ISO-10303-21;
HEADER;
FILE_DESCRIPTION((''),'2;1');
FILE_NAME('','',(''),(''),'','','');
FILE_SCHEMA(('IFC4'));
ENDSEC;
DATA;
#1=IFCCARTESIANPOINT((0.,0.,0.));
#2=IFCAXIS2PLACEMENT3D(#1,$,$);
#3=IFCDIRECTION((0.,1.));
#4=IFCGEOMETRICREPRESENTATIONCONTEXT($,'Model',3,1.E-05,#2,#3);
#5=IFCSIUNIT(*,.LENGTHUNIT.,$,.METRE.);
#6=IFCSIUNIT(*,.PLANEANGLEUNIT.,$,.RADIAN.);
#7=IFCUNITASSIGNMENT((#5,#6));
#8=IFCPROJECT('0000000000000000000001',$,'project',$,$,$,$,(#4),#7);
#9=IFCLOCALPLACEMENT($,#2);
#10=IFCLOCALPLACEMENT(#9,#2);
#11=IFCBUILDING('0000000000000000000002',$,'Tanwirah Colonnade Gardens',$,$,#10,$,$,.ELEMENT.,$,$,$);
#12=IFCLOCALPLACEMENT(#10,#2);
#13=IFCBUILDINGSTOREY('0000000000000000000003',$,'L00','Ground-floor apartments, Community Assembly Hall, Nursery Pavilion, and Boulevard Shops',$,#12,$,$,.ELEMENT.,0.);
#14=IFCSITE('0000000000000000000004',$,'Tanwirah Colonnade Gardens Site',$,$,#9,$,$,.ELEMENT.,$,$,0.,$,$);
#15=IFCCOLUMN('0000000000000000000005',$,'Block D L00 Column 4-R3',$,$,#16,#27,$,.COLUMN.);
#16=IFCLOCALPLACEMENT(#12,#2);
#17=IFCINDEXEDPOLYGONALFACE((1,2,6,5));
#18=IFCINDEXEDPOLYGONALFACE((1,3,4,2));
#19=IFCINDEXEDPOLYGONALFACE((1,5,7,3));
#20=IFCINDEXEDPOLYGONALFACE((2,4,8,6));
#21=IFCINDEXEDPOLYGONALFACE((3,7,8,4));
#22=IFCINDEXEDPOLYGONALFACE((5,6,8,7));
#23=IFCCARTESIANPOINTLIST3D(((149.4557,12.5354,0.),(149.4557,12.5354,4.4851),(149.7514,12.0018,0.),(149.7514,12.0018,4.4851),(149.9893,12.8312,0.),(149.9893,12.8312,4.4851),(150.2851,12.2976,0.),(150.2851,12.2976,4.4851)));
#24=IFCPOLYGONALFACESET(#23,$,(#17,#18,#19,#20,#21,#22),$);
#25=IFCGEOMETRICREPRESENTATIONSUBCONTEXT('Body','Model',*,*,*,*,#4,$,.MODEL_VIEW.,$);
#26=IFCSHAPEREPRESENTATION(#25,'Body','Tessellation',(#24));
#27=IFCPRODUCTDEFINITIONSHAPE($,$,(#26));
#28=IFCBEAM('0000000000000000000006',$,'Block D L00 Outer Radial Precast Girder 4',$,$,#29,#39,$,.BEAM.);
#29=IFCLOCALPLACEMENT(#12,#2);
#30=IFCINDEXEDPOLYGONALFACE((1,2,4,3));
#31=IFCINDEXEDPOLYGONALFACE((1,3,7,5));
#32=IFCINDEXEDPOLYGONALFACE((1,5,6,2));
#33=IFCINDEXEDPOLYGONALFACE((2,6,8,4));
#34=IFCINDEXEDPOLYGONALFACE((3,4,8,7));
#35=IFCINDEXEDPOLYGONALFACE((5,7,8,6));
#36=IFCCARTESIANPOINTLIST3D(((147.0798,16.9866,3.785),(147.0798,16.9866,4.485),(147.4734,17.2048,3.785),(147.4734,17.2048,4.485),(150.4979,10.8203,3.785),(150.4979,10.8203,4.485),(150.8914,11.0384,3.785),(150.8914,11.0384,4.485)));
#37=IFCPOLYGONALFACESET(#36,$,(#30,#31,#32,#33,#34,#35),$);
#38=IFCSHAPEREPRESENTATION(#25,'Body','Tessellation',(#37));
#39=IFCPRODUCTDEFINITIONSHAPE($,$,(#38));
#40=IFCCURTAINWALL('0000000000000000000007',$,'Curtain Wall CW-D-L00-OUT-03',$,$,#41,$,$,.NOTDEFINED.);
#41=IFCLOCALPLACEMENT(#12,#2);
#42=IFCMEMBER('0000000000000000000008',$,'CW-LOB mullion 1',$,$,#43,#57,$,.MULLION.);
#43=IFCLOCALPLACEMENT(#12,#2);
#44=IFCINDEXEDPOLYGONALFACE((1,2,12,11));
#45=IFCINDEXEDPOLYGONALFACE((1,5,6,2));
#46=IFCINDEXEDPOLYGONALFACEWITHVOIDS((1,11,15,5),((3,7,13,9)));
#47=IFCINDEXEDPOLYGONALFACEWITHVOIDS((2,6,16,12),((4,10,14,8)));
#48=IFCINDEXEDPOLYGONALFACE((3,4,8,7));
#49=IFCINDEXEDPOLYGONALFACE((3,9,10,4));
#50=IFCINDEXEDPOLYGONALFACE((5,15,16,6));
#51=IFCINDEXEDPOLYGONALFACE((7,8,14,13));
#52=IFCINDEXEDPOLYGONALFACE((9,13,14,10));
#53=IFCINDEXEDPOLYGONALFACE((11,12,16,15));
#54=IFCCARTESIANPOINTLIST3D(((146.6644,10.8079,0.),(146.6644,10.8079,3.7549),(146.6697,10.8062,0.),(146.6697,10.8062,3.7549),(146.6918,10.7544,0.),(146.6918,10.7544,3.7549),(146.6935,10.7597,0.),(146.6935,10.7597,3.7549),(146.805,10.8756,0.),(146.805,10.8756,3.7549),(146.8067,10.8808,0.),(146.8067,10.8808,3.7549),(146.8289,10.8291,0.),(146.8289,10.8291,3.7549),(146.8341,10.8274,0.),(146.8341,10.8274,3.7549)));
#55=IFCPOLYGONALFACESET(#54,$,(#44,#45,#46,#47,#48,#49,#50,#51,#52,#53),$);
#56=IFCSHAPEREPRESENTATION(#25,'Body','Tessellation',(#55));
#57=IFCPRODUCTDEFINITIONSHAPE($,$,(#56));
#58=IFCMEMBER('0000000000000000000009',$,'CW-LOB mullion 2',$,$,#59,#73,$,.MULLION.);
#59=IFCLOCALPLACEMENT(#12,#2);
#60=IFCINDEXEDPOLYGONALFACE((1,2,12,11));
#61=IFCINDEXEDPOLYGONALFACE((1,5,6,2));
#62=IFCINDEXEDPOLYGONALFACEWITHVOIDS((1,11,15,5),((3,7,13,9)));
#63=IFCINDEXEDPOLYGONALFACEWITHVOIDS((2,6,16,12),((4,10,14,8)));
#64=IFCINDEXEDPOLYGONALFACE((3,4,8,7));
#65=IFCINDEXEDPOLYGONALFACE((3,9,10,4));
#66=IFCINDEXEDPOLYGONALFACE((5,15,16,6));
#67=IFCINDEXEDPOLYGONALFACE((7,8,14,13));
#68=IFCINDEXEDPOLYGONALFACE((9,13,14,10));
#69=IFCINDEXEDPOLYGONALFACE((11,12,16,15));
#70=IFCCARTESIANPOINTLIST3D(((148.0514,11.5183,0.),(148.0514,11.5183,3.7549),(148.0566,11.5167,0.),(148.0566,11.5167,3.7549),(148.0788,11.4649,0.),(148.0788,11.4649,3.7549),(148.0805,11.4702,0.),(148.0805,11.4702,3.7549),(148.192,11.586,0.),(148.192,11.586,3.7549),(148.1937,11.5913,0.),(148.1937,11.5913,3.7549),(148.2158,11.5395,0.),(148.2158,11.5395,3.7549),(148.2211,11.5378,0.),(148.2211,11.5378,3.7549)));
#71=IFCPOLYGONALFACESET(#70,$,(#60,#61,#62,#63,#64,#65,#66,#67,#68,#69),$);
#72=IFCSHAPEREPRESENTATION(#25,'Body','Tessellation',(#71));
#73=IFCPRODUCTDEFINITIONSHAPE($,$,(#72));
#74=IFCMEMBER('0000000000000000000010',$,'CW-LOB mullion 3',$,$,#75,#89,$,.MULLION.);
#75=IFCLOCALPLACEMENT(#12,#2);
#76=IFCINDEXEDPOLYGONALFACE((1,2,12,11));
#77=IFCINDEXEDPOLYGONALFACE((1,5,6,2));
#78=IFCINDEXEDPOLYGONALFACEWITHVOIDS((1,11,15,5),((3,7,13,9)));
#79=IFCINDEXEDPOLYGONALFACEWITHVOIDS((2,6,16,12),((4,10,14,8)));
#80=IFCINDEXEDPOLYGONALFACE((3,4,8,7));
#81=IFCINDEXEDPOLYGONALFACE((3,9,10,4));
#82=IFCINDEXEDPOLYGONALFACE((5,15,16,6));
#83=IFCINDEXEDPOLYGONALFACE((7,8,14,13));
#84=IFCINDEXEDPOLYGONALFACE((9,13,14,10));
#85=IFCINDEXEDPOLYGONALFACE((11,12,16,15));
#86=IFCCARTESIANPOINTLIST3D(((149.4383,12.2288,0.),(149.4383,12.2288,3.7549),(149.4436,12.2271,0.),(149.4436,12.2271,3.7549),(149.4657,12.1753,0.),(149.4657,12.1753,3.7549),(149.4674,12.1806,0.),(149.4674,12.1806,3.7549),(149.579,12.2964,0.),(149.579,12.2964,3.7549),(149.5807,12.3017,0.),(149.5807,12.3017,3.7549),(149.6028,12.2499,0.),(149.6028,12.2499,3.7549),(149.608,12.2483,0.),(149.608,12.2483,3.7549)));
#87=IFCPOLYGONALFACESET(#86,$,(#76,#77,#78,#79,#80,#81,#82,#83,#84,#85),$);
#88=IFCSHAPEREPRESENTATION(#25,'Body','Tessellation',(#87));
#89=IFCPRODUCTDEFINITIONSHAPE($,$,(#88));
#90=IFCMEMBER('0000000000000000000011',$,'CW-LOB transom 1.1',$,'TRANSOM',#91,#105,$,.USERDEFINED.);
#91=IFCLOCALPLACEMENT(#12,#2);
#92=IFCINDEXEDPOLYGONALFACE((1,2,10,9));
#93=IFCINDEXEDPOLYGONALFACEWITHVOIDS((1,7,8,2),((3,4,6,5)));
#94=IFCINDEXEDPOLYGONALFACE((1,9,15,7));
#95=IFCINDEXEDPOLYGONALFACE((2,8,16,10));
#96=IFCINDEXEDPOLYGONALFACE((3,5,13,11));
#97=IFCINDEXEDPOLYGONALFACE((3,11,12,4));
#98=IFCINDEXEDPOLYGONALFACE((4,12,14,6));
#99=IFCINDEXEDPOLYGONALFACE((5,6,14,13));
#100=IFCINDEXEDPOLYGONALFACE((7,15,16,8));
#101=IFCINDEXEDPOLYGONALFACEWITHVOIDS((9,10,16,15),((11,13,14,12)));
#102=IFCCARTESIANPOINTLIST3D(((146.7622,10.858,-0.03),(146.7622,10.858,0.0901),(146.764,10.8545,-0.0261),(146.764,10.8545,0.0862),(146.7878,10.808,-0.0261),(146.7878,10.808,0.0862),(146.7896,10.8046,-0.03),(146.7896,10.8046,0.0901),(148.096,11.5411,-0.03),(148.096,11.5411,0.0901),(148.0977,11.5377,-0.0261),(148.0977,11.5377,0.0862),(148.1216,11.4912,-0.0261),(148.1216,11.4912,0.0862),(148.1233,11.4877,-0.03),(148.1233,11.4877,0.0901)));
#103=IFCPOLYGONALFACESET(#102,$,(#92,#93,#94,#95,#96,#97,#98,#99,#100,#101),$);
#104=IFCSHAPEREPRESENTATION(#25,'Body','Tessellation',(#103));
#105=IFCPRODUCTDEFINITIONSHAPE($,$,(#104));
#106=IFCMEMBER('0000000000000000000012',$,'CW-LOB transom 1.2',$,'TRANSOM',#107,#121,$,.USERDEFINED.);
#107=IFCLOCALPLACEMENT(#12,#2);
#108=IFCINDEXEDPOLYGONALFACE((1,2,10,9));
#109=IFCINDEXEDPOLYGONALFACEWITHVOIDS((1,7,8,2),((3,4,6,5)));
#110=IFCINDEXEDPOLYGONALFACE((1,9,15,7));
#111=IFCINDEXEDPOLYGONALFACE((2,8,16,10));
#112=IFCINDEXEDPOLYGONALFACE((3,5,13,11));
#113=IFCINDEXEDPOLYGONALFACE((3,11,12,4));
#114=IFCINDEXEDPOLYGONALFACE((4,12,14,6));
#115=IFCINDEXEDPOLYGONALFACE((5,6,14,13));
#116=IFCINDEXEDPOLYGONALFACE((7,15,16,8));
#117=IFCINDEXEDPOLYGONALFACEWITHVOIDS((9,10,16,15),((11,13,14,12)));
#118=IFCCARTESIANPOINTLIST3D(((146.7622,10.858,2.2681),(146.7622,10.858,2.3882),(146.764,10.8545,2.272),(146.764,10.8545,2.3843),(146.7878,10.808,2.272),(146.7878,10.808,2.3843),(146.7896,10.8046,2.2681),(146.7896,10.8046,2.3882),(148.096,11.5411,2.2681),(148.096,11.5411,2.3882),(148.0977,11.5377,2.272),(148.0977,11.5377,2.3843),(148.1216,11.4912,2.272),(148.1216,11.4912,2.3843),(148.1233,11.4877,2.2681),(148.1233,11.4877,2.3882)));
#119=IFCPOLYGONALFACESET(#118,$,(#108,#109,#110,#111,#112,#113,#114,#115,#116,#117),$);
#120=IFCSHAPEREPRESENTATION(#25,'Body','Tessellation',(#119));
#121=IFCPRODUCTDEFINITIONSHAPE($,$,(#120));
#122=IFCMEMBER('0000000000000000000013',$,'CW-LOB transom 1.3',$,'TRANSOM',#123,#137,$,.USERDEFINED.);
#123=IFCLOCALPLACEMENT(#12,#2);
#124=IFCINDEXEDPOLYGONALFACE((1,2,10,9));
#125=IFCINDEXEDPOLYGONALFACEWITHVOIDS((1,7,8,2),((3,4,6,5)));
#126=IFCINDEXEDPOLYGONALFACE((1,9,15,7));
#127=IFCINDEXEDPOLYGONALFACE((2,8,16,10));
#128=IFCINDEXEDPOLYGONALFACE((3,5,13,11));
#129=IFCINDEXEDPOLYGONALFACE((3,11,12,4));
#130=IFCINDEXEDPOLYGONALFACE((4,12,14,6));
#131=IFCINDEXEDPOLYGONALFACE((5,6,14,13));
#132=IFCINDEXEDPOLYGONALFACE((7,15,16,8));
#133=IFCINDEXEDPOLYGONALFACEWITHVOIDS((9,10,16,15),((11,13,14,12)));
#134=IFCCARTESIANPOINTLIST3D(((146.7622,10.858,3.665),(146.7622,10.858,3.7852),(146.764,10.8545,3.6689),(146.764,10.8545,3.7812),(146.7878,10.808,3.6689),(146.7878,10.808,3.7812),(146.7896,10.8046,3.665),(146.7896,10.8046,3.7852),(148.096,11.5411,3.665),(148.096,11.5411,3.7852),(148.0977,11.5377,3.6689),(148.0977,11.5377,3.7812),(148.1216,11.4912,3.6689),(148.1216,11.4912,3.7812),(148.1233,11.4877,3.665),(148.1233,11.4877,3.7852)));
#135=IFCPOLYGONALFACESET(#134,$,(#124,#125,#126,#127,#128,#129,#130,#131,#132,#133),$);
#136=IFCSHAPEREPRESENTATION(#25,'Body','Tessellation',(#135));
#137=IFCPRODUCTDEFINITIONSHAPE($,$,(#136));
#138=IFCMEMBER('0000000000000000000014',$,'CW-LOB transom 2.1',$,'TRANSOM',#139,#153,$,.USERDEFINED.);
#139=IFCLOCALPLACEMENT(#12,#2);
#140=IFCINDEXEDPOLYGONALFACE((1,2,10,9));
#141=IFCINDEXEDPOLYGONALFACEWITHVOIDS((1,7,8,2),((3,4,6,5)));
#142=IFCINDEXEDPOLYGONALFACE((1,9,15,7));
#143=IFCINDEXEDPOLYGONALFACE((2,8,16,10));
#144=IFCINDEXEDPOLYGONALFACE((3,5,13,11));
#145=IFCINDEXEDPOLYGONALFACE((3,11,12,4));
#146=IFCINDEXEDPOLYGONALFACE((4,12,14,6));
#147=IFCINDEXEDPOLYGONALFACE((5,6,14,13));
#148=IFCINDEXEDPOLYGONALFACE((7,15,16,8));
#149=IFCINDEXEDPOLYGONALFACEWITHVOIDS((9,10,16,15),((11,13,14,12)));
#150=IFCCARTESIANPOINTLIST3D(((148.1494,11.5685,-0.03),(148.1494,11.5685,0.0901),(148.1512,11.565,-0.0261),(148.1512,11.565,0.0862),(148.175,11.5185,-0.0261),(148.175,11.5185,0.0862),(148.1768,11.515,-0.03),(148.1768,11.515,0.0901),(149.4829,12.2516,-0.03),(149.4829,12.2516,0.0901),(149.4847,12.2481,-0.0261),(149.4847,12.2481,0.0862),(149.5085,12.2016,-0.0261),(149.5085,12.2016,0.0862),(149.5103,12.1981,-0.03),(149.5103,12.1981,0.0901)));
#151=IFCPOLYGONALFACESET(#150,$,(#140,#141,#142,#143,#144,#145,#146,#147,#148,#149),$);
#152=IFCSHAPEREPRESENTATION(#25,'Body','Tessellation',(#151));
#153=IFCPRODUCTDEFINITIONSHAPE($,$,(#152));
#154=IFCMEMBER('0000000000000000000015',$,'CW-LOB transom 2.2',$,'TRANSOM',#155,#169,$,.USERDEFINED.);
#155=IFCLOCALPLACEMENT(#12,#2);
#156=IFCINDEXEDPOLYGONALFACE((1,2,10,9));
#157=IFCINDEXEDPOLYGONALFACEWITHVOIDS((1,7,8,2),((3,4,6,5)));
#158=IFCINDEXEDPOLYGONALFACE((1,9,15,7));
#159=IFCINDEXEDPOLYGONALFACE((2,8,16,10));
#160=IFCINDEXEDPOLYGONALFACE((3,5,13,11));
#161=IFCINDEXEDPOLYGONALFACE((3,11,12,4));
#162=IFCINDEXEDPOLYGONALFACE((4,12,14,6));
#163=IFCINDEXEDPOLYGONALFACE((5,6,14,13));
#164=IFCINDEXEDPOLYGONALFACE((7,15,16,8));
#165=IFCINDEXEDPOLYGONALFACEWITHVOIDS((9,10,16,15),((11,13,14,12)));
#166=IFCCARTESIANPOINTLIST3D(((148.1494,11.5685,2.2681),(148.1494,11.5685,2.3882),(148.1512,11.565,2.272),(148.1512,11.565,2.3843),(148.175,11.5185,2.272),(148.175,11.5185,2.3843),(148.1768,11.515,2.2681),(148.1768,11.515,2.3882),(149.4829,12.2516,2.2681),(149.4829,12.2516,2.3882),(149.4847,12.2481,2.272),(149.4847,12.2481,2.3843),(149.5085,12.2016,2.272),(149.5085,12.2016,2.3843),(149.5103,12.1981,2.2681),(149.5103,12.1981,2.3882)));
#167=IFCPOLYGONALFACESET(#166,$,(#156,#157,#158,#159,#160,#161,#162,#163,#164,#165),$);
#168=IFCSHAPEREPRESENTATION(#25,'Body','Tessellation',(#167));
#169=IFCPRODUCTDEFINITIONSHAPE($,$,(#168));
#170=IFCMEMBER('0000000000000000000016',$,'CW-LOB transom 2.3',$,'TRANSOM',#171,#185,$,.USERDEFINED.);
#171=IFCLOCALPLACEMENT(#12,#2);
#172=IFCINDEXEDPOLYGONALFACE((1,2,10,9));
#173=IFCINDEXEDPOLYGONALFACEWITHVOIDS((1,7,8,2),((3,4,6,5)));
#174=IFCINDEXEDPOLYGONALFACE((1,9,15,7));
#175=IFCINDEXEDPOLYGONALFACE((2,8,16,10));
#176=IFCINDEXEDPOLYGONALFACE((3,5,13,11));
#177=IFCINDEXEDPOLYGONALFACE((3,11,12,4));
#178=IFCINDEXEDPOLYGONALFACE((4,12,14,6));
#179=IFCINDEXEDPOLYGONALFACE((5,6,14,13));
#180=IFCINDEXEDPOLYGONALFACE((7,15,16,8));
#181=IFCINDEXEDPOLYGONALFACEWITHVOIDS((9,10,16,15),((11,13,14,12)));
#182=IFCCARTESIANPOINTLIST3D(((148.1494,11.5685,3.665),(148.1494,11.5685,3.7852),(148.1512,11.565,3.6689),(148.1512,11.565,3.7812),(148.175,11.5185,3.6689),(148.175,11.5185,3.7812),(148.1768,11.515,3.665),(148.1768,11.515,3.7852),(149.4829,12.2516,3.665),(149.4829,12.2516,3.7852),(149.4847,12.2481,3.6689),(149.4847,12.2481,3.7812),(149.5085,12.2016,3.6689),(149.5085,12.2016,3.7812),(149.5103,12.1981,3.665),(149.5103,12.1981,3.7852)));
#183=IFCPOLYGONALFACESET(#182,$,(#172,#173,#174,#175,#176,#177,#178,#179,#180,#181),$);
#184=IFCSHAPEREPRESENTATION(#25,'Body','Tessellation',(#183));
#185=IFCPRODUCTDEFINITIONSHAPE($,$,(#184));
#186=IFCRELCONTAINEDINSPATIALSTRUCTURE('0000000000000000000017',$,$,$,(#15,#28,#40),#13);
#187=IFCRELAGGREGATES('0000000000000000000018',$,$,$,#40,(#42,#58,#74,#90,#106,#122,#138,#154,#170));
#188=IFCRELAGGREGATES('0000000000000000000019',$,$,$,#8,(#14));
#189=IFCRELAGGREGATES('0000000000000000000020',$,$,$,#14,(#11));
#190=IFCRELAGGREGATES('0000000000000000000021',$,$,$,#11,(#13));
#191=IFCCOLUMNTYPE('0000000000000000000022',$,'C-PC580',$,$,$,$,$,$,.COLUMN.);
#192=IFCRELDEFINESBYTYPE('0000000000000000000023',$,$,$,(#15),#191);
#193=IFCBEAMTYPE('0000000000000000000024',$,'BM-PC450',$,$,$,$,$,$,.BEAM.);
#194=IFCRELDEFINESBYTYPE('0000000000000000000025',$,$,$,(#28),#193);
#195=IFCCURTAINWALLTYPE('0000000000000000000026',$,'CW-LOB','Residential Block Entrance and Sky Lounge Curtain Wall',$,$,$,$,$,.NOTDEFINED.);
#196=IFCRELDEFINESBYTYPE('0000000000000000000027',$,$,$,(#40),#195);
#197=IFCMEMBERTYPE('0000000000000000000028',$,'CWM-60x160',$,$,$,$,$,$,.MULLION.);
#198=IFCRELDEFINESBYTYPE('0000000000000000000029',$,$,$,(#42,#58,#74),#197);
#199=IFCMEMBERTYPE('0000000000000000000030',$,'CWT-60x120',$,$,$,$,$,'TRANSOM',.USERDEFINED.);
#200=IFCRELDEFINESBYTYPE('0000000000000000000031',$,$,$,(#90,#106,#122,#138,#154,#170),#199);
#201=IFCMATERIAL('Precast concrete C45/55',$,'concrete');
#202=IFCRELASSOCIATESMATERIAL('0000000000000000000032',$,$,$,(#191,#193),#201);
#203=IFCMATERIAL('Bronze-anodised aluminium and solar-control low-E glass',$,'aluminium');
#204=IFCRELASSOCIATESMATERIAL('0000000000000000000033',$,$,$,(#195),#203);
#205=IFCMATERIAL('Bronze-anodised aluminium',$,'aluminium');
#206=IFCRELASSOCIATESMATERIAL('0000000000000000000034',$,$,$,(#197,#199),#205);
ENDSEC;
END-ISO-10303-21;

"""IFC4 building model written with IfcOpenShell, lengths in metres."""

from ifc_helpers import new_model, si_unit, direction, frame, origin, origin_2d, place, context, subcontext, project, spatial, rectangle, hollow_rectangle, extrude, material, material_profile, profile_set, type_object, element, aggregate, save


model = new_model("IFC4")

# Units and contexts
model_context = context("Model", 3, precision=1e-05, world=origin(), true_north=direction((0.0, 1.0)))
body_context = subcontext(model_context, "Body", "Model", "MODEL_VIEW")
ifc_project = project(units=[si_unit("LENGTHUNIT", "METRE"), si_unit("PLANEANGLEUNIT", "RADIAN")], contexts=[model_context])

# Site, building, storey
site_placement = place(None, origin())
site = spatial("IfcSite", under=ifc_project, at=site_placement, Name="Tanwirah Colonnade Gardens Site", CompositionType="ELEMENT", RefElevation=0.0)
building_placement = place(site_placement, origin())
building = spatial("IfcBuilding", under=site, at=building_placement, Name="Tanwirah Colonnade Gardens", CompositionType="ELEMENT")
storey_placement = place(building_placement, origin())
storey = spatial("IfcBuildingStorey", under=building, at=storey_placement, Name="L00", Description="Ground-floor apartments, Community Assembly Hall, Nursery Pavilion, and Boulevard Shops", CompositionType="ELEMENT", Elevation=0.0)

# Column
ifc_material_1 = material(Name="Precast concrete C45/55", Category="concrete")
ifc_material_profile_1 = material_profile(ifc_material_1, rectangle(XDim=0.6101, YDim=0.6101, at=origin_2d()), Name="PC-COL 610x610")
ifc_profile_set_1 = profile_set([ifc_material_profile_1], Name="Precast concrete C45/55")
column_type = type_object("IfcColumnType", Name="C-PC580", PredefinedType="COLUMN", material=ifc_profile_set_1)
column_placement = place(storey_placement, frame((149.8704, 12.4165, 0.0), z_axis=(0.0, 0.0, 1.0), x_axis=(0.48481, -0.87462, 0.0)))
element("IfcColumn", 1, at=column_placement, inside=storey, type_object=column_type, Name="Block D L00 Column 4-R3", PredefinedType="COLUMN", context=body_context, shape_type="SweptSolid", body=[
    extrude(rectangle(XDim=0.6101, YDim=0.6101, at=origin_2d()), origin(), (0.0, 0.0, 1.0), 4.4851),
])

# Beam
ifc_material_profile_2 = material_profile(ifc_material_1, rectangle(XDim=0.45, YDim=0.7, at=origin_2d()), Name="PC-BM 450x700")
ifc_profile_set_2 = profile_set([ifc_material_profile_2], Name="Precast concrete C45/55")
beam_type_1 = type_object("IfcBeamType", Name="BM-PC450", PredefinedType="BEAM", material=ifc_profile_set_2)
beam_placement = place(storey_placement, frame((147.2766, 17.0957, 4.135), z_axis=(0.484805, -0.874622, 0.0), x_axis=(0.874622, 0.484805, 0.0)))
element("IfcBeam", 2, at=beam_placement, inside=storey, type_object=beam_type_1, Name="Block D L00 Outer Radial Precast Girder 4", PredefinedType="BEAM", context=body_context, shape_type="SweptSolid", body=[
    extrude(rectangle(XDim=0.45, YDim=0.7, at=origin_2d()), origin(), (0.0, 0.0, 1.0), 7.0503),
])

# Curtain wall, members
ifc_material_2 = material(Name="Bronze-anodised aluminium and solar-control low-E glass", Category="aluminium")
curtain_wall_type = type_object("IfcCurtainWallType", Name="CW-LOB", Description="Residential Block Entrance and Sky Lounge Curtain Wall", PredefinedType="NOTDEFINED", material=ifc_material_2)
curtain_wall_placement = place(storey_placement, origin())
curtain_wall = element("IfcCurtainWall", 3, at=curtain_wall_placement, inside=storey, type_object=curtain_wall_type, Name="Curtain Wall CW-D-L00-OUT-03", PredefinedType="NOTDEFINED")
ifc_material_3 = material(Name="Bronze-anodised aluminium", Category="aluminium")
ifc_material_profile_3 = material_profile(ifc_material_3, hollow_rectangle(XDim=0.0601, YDim=0.1599, WallThickness=0.0039, at=origin_2d()), Name="CW-MUL 60x160x4")
ifc_profile_set_3 = profile_set([ifc_material_profile_3], Name="Bronze-anodised aluminium")
member_type_1 = type_object("IfcMemberType", Name="CWM-60x160", PredefinedType="MULLION", material=ifc_profile_set_3)
member_1_placement = place(storey_placement, frame((146.7493, 10.8176, 0.0), z_axis=(0.0, 0.0, 1.0), x_axis=(-0.455933, 0.890014, 0.0)))
member_1 = element("IfcMember", 4, at=member_1_placement, type_object=member_type_1, Name="CW-LOB mullion 1", PredefinedType="MULLION", context=body_context, shape_type="SweptSolid", body=[
    extrude(hollow_rectangle(XDim=0.0601, YDim=0.1599, WallThickness=0.0039, at=origin_2d()), origin(), (0.0, 0.0, 1.0), 3.7549),
])
member_2_placement = place(storey_placement, frame((148.1362, 11.5281, 0.0), z_axis=(0.0, 0.0, 1.0), x_axis=(-0.455933, 0.890014, 0.0)))
member_2 = element("IfcMember", 5, at=member_2_placement, type_object=member_type_1, Name="CW-LOB mullion 2", PredefinedType="MULLION", context=body_context, shape_type="SweptSolid", body=[
    extrude(hollow_rectangle(XDim=0.0601, YDim=0.1599, WallThickness=0.0039, at=origin_2d()), origin(), (0.0, 0.0, 1.0), 3.7549),
])
member_3_placement = place(storey_placement, frame((149.5232, 12.2385, 0.0), z_axis=(0.0, 0.0, 1.0), x_axis=(-0.455933, 0.890014, 0.0)))
member_3 = element("IfcMember", 6, at=member_3_placement, type_object=member_type_1, Name="CW-LOB mullion 3", PredefinedType="MULLION", context=body_context, shape_type="SweptSolid", body=[
    extrude(hollow_rectangle(XDim=0.0601, YDim=0.1599, WallThickness=0.0039, at=origin_2d()), origin(), (0.0, 0.0, 1.0), 3.7549),
])
ifc_material_profile_4 = material_profile(ifc_material_3, hollow_rectangle(XDim=0.0601, YDim=0.1201, WallThickness=0.0039, at=origin_2d()), Name="CW-TRN 60x120x4")
ifc_profile_set_4 = profile_set([ifc_material_profile_4], Name="Bronze-anodised aluminium")
member_type_2 = type_object("IfcMemberType", Name="CWT-60x120", ElementType="TRANSOM", PredefinedType="USERDEFINED", material=ifc_profile_set_4)
member_4_placement = place(storey_placement, frame((146.7759, 10.8313, 0.03), z_axis=(0.890051, 0.45586, 0.0), x_axis=(-0.45586, 0.890051, 0.0)))
member_4 = element("IfcMember", 7, at=member_4_placement, type_object=member_type_2, Name="CW-LOB transom 1.1", ObjectType="TRANSOM", PredefinedType="USERDEFINED", context=body_context, shape_type="SweptSolid", body=[
    extrude(hollow_rectangle(XDim=0.0601, YDim=0.1201, WallThickness=0.0039, at=origin_2d()), origin(), (0.0, 0.0, 1.0), 1.4985),
])
member_5_placement = place(storey_placement, frame((146.7759, 10.8313, 2.3281), z_axis=(0.890051, 0.45586, 0.0), x_axis=(-0.45586, 0.890051, 0.0)))
member_5 = element("IfcMember", 8, at=member_5_placement, type_object=member_type_2, Name="CW-LOB transom 1.2", ObjectType="TRANSOM", PredefinedType="USERDEFINED", context=body_context, shape_type="SweptSolid", body=[
    extrude(hollow_rectangle(XDim=0.0601, YDim=0.1201, WallThickness=0.0039, at=origin_2d()), origin(), (0.0, 0.0, 1.0), 1.4985),
])
member_6_placement = place(storey_placement, frame((146.7759, 10.8313, 3.7251), z_axis=(0.890051, 0.45586, 0.0), x_axis=(-0.45586, 0.890051, 0.0)))
member_6 = element("IfcMember", 9, at=member_6_placement, type_object=member_type_2, Name="CW-LOB transom 1.3", ObjectType="TRANSOM", PredefinedType="USERDEFINED", context=body_context, shape_type="SweptSolid", body=[
    extrude(hollow_rectangle(XDim=0.0601, YDim=0.1201, WallThickness=0.0039, at=origin_2d()), origin(), (0.0, 0.0, 1.0), 1.4985),
])
member_7_placement = place(storey_placement, frame((148.1631, 11.5417, 0.03), z_axis=(0.890018, 0.455926, 0.0), x_axis=(-0.455926, 0.890018, 0.0)))
member_7 = element("IfcMember", 10, at=member_7_placement, type_object=member_type_2, Name="CW-LOB transom 2.1", ObjectType="TRANSOM", PredefinedType="USERDEFINED", context=body_context, shape_type="SweptSolid", body=[
    extrude(hollow_rectangle(XDim=0.0601, YDim=0.1201, WallThickness=0.0039, at=origin_2d()), origin(), (0.0, 0.0, 1.0), 1.4983),
])
member_8_placement = place(storey_placement, frame((148.1631, 11.5417, 2.3281), z_axis=(0.890018, 0.455926, 0.0), x_axis=(-0.455926, 0.890018, 0.0)))
member_8 = element("IfcMember", 11, at=member_8_placement, type_object=member_type_2, Name="CW-LOB transom 2.2", ObjectType="TRANSOM", PredefinedType="USERDEFINED", context=body_context, shape_type="SweptSolid", body=[
    extrude(hollow_rectangle(XDim=0.0601, YDim=0.1201, WallThickness=0.0039, at=origin_2d()), origin(), (0.0, 0.0, 1.0), 1.4983),
])
member_9_placement = place(storey_placement, frame((148.1631, 11.5417, 3.7251), z_axis=(0.890018, 0.455926, 0.0), x_axis=(-0.455926, 0.890018, 0.0)))
member_9 = element("IfcMember", 12, at=member_9_placement, type_object=member_type_2, Name="CW-LOB transom 2.3", ObjectType="TRANSOM", PredefinedType="USERDEFINED", context=body_context, shape_type="SweptSolid", body=[
    extrude(hollow_rectangle(XDim=0.0601, YDim=0.1201, WallThickness=0.0039, at=origin_2d()), origin(), (0.0, 0.0, 1.0), 1.4983),
])

aggregate(curtain_wall, [member_1, member_2, member_3, member_4, member_5, member_6, member_7, member_8, member_9])

save(model, "model.ifc")
